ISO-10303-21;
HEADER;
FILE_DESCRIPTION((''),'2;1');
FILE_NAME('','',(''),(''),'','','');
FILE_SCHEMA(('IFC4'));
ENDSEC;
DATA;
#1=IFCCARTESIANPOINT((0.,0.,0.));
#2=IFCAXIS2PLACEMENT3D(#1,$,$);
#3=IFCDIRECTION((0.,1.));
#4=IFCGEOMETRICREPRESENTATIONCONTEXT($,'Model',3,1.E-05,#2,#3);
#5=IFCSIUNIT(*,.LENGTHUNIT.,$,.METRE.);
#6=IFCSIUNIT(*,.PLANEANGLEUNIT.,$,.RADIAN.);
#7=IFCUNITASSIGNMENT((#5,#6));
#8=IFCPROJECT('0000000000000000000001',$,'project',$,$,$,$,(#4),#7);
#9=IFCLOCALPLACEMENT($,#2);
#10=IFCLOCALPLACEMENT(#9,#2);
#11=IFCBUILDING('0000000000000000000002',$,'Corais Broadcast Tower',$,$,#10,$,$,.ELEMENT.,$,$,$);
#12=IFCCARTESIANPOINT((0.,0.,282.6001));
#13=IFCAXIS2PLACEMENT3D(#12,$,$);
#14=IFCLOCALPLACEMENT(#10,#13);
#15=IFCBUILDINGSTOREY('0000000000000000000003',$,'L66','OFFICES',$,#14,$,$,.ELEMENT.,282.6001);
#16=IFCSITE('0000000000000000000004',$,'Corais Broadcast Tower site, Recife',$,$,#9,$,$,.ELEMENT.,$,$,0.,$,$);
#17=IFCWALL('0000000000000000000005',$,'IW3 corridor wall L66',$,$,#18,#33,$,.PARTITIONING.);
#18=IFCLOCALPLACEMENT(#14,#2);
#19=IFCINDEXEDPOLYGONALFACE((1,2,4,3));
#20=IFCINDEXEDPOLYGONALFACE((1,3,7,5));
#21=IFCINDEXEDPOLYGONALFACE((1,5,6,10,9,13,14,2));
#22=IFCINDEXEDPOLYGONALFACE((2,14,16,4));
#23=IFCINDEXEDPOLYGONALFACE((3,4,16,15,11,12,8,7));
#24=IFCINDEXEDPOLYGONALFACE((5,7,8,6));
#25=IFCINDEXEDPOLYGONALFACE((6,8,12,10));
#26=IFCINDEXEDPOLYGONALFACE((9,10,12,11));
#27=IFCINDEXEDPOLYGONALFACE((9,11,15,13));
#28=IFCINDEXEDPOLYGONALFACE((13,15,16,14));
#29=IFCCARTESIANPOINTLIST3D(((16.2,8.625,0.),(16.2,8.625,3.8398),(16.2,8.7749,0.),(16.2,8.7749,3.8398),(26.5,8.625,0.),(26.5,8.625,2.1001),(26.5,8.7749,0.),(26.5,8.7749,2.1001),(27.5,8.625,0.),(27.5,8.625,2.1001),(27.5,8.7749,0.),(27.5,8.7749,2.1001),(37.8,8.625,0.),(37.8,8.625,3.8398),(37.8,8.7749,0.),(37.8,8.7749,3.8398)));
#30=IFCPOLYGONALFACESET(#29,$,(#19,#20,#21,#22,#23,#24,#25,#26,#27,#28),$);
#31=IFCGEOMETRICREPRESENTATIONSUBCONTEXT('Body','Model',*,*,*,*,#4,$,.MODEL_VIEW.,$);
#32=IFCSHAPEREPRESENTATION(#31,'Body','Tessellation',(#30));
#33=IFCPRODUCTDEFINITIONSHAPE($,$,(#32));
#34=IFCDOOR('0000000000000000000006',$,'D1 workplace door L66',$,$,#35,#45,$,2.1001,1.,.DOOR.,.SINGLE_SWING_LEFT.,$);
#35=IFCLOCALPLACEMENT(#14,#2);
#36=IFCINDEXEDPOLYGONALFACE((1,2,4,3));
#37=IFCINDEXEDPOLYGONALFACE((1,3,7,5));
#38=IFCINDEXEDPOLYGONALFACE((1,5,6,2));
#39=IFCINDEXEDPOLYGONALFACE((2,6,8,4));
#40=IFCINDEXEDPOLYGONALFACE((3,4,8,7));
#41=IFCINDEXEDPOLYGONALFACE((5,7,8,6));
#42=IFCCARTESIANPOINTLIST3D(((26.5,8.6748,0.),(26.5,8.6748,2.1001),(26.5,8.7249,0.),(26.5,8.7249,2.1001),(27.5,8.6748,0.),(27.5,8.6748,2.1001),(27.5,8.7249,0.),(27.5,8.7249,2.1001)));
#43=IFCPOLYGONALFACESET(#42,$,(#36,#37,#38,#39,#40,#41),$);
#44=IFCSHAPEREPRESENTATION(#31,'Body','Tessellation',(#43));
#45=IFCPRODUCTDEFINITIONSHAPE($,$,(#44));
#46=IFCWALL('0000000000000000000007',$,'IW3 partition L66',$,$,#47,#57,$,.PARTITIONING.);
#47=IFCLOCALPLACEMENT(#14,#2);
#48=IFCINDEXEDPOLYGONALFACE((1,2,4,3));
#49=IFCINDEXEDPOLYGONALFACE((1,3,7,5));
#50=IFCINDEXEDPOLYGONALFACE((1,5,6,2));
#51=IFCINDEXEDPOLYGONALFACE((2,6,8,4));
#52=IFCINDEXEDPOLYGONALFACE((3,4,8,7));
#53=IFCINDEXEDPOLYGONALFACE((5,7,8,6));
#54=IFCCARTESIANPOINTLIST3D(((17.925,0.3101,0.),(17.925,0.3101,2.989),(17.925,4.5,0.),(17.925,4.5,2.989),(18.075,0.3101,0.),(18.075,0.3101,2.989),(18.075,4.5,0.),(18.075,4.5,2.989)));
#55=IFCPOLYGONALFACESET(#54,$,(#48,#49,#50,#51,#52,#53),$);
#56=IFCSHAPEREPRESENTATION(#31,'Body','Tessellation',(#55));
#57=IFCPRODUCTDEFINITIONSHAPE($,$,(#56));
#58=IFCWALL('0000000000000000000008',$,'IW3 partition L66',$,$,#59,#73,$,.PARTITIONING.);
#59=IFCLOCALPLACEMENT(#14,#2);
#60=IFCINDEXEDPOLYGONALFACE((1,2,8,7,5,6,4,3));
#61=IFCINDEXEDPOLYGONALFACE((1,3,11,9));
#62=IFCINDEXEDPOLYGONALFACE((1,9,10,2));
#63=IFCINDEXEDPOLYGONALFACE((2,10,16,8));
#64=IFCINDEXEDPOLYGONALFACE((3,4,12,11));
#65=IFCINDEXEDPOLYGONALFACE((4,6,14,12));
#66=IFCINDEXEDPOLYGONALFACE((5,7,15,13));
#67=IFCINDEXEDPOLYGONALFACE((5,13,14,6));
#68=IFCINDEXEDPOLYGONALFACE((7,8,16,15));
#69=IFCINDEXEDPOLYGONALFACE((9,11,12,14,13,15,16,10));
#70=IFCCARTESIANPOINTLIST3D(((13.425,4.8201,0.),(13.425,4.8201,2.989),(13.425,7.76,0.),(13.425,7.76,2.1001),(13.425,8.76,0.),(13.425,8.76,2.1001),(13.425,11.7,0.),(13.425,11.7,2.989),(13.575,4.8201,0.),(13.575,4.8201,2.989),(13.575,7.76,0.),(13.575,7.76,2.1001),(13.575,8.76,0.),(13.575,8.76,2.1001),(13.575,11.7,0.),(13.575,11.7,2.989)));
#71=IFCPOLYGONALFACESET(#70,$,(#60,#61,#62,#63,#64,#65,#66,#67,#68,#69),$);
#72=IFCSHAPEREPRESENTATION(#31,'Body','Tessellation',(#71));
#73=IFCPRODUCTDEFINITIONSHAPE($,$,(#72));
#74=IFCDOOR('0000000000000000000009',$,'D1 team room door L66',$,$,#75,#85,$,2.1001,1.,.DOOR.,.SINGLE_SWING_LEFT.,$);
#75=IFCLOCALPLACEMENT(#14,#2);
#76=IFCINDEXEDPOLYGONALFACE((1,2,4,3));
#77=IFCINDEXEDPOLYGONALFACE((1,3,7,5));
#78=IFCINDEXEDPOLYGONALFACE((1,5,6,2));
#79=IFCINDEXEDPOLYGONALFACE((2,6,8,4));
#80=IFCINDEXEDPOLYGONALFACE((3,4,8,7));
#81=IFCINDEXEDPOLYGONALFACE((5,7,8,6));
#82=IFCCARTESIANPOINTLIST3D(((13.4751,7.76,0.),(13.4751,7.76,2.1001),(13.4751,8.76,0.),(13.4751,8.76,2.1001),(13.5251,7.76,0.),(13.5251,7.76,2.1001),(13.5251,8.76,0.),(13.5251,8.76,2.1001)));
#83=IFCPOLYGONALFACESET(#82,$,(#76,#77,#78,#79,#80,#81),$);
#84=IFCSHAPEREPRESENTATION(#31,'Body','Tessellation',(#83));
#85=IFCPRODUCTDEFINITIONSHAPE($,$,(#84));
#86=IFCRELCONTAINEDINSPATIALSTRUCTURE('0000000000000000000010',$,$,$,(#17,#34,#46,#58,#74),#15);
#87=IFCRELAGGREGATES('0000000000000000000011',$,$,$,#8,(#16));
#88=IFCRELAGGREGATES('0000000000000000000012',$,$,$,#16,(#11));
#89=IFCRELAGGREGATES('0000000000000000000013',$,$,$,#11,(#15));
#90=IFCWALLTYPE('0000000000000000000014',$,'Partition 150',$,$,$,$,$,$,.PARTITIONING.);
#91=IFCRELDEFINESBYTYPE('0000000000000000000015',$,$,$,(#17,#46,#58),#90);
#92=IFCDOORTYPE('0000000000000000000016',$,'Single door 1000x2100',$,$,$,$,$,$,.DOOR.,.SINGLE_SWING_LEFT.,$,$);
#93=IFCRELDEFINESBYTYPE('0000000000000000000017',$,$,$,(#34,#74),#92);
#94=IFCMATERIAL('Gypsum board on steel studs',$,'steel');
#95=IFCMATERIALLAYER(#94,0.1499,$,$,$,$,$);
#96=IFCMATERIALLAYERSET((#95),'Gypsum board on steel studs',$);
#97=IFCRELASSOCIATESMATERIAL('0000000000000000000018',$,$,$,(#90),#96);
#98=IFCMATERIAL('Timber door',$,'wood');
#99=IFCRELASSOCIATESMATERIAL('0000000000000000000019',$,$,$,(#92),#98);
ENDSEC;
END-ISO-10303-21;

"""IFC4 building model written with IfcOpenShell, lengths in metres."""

from ifc_helpers import new_model, si_unit, direction, frame, frame_2d, origin, place, context, subcontext, project, spatial, rectangle, extrude, material, layer, layer_set, type_object, element, fill, save


model = new_model("IFC4")

# Units and contexts
model_context = context("Model", 3, precision=1e-05, world=origin(), true_north=direction((0.0, 1.0)))
body_context = subcontext(model_context, "Body", "Model", "MODEL_VIEW")
ifc_project = project(units=[si_unit("LENGTHUNIT", "METRE"), si_unit("PLANEANGLEUNIT", "RADIAN")], contexts=[model_context])

# Site, building, storey
site_placement = place(None, origin())
site = spatial("IfcSite", under=ifc_project, at=site_placement, Name="Corais Broadcast Tower site, Recife", CompositionType="ELEMENT", RefElevation=0.0)
building_placement = place(site_placement, origin())
building = spatial("IfcBuilding", under=site, at=building_placement, Name="Corais Broadcast Tower", CompositionType="ELEMENT")
storey_placement = place(building_placement, frame((0.0, 0.0, 282.6001)))
storey = spatial("IfcBuildingStorey", under=building, at=storey_placement, Name="L66", Description="OFFICES", CompositionType="ELEMENT", Elevation=282.6001)

# Wall, opening, door
ifc_material_1 = material(Name="Gypsum board on steel studs", Category="steel")
ifc_layer_1 = layer(ifc_material_1, 0.1499)
ifc_layer_set_1 = layer_set([ifc_layer_1], Name="Gypsum board on steel studs")
wall_type = type_object("IfcWallType", Name="Partition 150", PredefinedType="PARTITIONING", material=ifc_layer_set_1)
wall_1_placement = place(storey_placement, frame((16.2, 8.7, 0.0), z_axis=(0.0, 0.0, 1.0), x_axis=(1.0, 0.0, 0.0)))
wall_1 = element("IfcWall", 1, at=wall_1_placement, inside=storey, type_object=wall_type, Name="IW3 corridor wall L66", PredefinedType="PARTITIONING", context=body_context, shape_type="SweptSolid", body=[
    extrude(rectangle(XDim=21.6001, YDim=0.1499, at=frame_2d((10.8, 0.0))), origin(), (0.0, 0.0, 1.0), 3.8398),
])
opening_1_placement = place(wall_1_placement, frame((10.3, 0.0, 0.0)))
opening_1 = element("IfcOpeningElement", 2, at=opening_1_placement, cuts=wall_1, PredefinedType="OPENING", context=body_context, shape_type="SweptSolid", body=[
    extrude(rectangle(XDim=1.0, YDim=2.1001, at=frame_2d((0.5, 1.05))), frame((0.0, 0.085, 0.0), z_axis=(0.0, -1.0, 0.0), x_axis=(1.0, 0.0, 0.0)), (0.0, 0.0, 1.0), 0.1699),
])
ifc_material_2 = material(Name="Timber door", Category="wood")
door_type = type_object("IfcDoorType", Name="Single door 1000x2100", OperationType="SINGLE_SWING_LEFT", PredefinedType="DOOR", material=ifc_material_2)
door_1_placement = place(opening_1_placement, origin())
door_1 = element("IfcDoor", 3, at=door_1_placement, inside=storey, type_object=door_type, Name="D1 workplace door L66", OperationType="SINGLE_SWING_LEFT", OverallHeight=2.1001, OverallWidth=1.0, PredefinedType="DOOR", context=body_context, shape_type="SweptSolid", body=[
    extrude(rectangle(XDim=1.0, YDim=2.1001, at=frame_2d((0.5, 1.05))), frame((0.0, 0.0249, 0.0), z_axis=(0.0, -1.0, 0.0), x_axis=(1.0, 0.0, 0.0)), (0.0, 0.0, 1.0), 0.05),
])
fill(opening_1, door_1)

# Wall
wall_2_placement = place(storey_placement, frame((18.0, 4.5, 0.0), z_axis=(0.0, 0.0, 1.0), x_axis=(0.0, -1.0, 0.0)))
element("IfcWall", 4, at=wall_2_placement, inside=storey, type_object=wall_type, Name="IW3 partition L66", PredefinedType="PARTITIONING", context=body_context, shape_type="SweptSolid", body=[
    extrude(rectangle(XDim=4.1899, YDim=0.1499, at=frame_2d((2.095, 0.0))), origin(), (0.0, 0.0, 1.0), 2.989),
])

# Wall, opening, door
wall_3_placement = place(storey_placement, frame((13.5, 4.8201, 0.0), z_axis=(0.0, 0.0, 1.0), x_axis=(0.0, 1.0, 0.0)))
wall_3 = element("IfcWall", 5, at=wall_3_placement, inside=storey, type_object=wall_type, Name="IW3 partition L66", PredefinedType="PARTITIONING", context=body_context, shape_type="SweptSolid", body=[
    extrude(rectangle(XDim=6.8799, YDim=0.1499, at=frame_2d((3.4399, 0.0))), origin(), (0.0, 0.0, 1.0), 2.989),
])
opening_2_placement = place(wall_3_placement, frame((2.9399, 0.0, 0.0)))
opening_2 = element("IfcOpeningElement", 6, at=opening_2_placement, cuts=wall_3, PredefinedType="OPENING", context=body_context, shape_type="SweptSolid", body=[
    extrude(rectangle(XDim=1.0, YDim=2.1001, at=frame_2d((0.5, 1.05))), frame((0.0, 0.085, 0.0), z_axis=(0.0, -1.0, 0.0), x_axis=(1.0, 0.0, 0.0)), (0.0, 0.0, 1.0), 0.1699),
])
door_2_placement = place(opening_2_placement, origin())
door_2 = element("IfcDoor", 7, at=door_2_placement, inside=storey, type_object=door_type, Name="D1 team room door L66", OperationType="SINGLE_SWING_LEFT", OverallHeight=2.1001, OverallWidth=1.0, PredefinedType="DOOR", context=body_context, shape_type="SweptSolid", body=[
    extrude(rectangle(XDim=1.0, YDim=2.1001, at=frame_2d((0.5, 1.05))), frame((0.0, 0.0249, 0.0), z_axis=(0.0, -1.0, 0.0), x_axis=(1.0, 0.0, 0.0)), (0.0, 0.0, 1.0), 0.05),
])
fill(opening_2, door_2)

save(model, "model.ifc")
